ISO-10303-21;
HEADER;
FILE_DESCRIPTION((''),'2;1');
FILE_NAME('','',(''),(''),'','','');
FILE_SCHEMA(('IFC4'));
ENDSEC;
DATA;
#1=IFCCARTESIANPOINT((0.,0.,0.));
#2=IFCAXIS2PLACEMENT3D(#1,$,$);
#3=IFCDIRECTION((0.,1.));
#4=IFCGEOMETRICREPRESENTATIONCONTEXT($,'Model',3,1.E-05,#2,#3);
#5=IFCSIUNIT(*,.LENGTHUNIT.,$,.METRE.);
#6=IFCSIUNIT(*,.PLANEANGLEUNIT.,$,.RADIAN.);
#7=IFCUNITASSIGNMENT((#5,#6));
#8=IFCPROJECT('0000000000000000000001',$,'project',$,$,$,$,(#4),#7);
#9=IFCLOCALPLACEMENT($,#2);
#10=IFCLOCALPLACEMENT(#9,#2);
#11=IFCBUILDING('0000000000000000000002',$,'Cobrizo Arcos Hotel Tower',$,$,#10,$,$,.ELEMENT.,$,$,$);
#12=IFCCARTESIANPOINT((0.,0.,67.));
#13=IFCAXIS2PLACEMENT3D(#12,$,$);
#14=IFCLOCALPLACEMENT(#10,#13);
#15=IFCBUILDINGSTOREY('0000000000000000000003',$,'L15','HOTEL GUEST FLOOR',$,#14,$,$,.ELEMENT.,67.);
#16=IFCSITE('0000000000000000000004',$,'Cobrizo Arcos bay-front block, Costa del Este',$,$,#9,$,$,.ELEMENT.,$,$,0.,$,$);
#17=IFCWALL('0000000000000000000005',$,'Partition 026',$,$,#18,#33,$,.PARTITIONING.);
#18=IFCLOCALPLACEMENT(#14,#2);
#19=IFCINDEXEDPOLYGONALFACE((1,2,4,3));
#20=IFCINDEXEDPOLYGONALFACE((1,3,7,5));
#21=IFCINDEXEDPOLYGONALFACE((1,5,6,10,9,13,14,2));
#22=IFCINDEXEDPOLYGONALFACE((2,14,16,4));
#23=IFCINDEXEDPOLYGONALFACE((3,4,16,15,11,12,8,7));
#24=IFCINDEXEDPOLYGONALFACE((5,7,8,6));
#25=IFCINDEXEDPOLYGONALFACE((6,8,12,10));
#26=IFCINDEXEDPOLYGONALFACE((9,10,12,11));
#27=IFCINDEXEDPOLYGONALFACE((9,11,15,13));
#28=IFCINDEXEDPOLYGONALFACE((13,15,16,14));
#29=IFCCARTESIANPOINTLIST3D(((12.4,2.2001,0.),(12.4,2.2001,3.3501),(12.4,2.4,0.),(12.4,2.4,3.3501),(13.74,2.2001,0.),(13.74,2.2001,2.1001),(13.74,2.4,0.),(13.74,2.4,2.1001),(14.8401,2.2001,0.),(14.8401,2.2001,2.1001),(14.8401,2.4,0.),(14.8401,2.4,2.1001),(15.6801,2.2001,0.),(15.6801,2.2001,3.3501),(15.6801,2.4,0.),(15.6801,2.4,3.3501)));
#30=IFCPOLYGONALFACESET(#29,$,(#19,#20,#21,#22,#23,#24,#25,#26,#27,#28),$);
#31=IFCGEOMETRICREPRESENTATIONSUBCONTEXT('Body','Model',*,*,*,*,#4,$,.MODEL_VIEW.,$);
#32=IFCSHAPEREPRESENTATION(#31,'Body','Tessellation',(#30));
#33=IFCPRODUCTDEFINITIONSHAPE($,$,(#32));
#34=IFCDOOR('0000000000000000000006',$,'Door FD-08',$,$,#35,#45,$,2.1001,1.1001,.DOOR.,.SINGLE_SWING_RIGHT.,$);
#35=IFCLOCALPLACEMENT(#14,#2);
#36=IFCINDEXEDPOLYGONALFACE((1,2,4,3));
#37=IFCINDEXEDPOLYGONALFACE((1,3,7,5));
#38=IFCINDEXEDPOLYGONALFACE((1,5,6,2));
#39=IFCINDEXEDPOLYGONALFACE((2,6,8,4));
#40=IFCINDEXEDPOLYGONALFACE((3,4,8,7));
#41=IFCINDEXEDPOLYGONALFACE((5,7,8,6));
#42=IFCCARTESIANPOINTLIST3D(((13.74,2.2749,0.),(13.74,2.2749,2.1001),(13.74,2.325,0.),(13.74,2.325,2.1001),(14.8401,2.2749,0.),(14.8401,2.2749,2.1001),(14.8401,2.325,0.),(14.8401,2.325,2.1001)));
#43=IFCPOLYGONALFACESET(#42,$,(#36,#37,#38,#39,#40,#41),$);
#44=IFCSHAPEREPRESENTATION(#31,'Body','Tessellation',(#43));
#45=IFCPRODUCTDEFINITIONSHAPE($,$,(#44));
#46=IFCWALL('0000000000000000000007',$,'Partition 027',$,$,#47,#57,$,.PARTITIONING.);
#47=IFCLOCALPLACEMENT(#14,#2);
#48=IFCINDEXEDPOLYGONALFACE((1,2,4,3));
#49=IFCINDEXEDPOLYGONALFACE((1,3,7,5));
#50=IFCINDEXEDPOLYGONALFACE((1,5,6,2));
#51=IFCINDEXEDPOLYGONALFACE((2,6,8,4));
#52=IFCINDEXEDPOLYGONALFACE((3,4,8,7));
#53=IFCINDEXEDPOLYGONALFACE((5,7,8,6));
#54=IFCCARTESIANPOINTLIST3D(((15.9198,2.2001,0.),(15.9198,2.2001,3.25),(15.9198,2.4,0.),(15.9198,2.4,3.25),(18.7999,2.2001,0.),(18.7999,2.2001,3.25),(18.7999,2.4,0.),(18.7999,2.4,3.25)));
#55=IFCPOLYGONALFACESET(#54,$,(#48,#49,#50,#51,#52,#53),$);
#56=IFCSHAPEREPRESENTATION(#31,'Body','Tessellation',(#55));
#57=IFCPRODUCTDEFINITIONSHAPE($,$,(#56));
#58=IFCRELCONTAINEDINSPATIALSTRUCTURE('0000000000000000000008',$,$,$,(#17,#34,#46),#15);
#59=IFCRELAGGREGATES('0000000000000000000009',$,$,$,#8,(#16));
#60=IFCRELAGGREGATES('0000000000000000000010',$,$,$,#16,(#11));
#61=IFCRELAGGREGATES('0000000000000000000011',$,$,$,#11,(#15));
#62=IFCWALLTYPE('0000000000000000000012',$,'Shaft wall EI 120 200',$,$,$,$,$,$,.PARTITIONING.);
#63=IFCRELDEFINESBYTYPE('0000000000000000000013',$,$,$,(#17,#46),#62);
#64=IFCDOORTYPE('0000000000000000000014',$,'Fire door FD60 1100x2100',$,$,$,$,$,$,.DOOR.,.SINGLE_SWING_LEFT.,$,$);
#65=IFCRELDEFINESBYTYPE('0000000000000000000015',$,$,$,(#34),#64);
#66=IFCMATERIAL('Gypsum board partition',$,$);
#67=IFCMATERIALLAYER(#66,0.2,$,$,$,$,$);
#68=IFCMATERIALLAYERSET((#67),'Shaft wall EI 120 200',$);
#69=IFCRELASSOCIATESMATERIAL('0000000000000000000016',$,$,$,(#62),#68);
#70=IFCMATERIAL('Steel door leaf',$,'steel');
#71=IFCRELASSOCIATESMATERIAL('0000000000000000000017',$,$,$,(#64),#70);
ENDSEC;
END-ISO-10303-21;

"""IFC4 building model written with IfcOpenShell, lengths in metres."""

from ifc_helpers import new_model, si_unit, direction, frame, frame_2d, origin, place, context, subcontext, project, spatial, rectangle, extrude, material, layer, layer_set, type_object, element, fill, save


model = new_model("IFC4")

# Units and contexts
model_context = context("Model", 3, precision=1e-05, world=origin(), true_north=direction((0.0, 1.0)))
body_context = subcontext(model_context, "Body", "Model", "MODEL_VIEW")
ifc_project = project(units=[si_unit("LENGTHUNIT", "METRE"), si_unit("PLANEANGLEUNIT", "RADIAN")], contexts=[model_context])

# Site, building, storey
site_placement = place(None, origin())
site = spatial("IfcSite", under=ifc_project, at=site_placement, Name="Cobrizo Arcos bay-front block, Costa del Este", CompositionType="ELEMENT", RefElevation=0.0)
building_placement = place(site_placement, origin())
building = spatial("IfcBuilding", under=site, at=building_placement, Name="Cobrizo Arcos Hotel Tower", CompositionType="ELEMENT")
storey_placement = place(building_placement, frame((0.0, 0.0, 67.0)))
storey = spatial("IfcBuildingStorey", under=building, at=storey_placement, Name="L15", Description="HOTEL GUEST FLOOR", CompositionType="ELEMENT", Elevation=67.0)

# Shared definitions
ifc_material_1 = material(Name="Gypsum board partition")

# Shared definitions
ifc_layer_1 = layer(ifc_material_1, 0.2)
ifc_layer_set_1 = layer_set([ifc_layer_1], Name="Shaft wall EI 120 200")
wall_type_1 = type_object("IfcWallType", Name="Shaft wall EI 120 200", PredefinedType="PARTITIONING", material=ifc_layer_set_1)

# Wall, opening, door
wall_1_placement = place(storey_placement, frame((12.3999, 2.3, 0.0), z_axis=(0.0, 0.0, 1.0), x_axis=(1.0, 0.0, 0.0)))
wall_1 = element("IfcWall", 1, at=wall_1_placement, inside=storey, type_object=wall_type_1, Name="Partition 026", PredefinedType="PARTITIONING", context=body_context, shape_type="SweptSolid", body=[
    extrude(rectangle(XDim=3.28, YDim=0.2, at=frame_2d((1.6401, 0.0))), origin(), (0.0, 0.0, 1.0), 3.3501),
])
opening_1_placement = place(wall_1_placement, frame((1.3401, 0.0, 0.0)))
opening_1 = element("IfcOpeningElement", 2, at=opening_1_placement, cuts=wall_1, PredefinedType="OPENING", context=body_context, shape_type="SweptSolid", body=[
    extrude(rectangle(XDim=1.1001, YDim=2.1001, at=frame_2d((0.55, 1.05))), frame((0.0, 0.1121, 0.0), z_axis=(0.0, -1.0, 0.0), x_axis=(1.0, 0.0, 0.0)), (0.0, 0.0, 1.0), 0.2239),
])
ifc_material_2 = material(Name="Steel door leaf", Category="steel")
door_type_1 = type_object("IfcDoorType", Name="Fire door FD60 1100x2100", OperationType="SINGLE_SWING_LEFT", PredefinedType="DOOR", material=ifc_material_2)
door_1_placement = place(opening_1_placement, origin())
door_1 = element("IfcDoor", 3, at=door_1_placement, inside=storey, type_object=door_type_1, Name="Door FD-08", OperationType="SINGLE_SWING_RIGHT", OverallHeight=2.1001, OverallWidth=1.1001, PredefinedType="DOOR", context=body_context, shape_type="SweptSolid", body=[
    extrude(rectangle(XDim=1.1001, YDim=2.1001, at=frame_2d((0.55, 1.05))), frame((0.0, 0.0249, 0.0), z_axis=(0.0, -1.0, 0.0), x_axis=(1.0, 0.0, 0.0)), (0.0, 0.0, 1.0), 0.05),
])
fill(opening_1, door_1)

# Wall
wall_2_placement = place(storey_placement, frame((15.9199, 2.3, 0.0), z_axis=(0.0, 0.0, 1.0), x_axis=(1.0, 0.0, 0.0)))
element("IfcWall", 4, at=wall_2_placement, inside=storey, type_object=wall_type_1, Name="Partition 027", PredefinedType="PARTITIONING", context=body_context, shape_type="SweptSolid", body=[
    extrude(rectangle(XDim=2.8801, YDim=0.2, at=frame_2d((1.4399, 0.0))), origin(), (0.0, 0.0, 1.0), 3.25),
])

save(model, "model.ifc")
